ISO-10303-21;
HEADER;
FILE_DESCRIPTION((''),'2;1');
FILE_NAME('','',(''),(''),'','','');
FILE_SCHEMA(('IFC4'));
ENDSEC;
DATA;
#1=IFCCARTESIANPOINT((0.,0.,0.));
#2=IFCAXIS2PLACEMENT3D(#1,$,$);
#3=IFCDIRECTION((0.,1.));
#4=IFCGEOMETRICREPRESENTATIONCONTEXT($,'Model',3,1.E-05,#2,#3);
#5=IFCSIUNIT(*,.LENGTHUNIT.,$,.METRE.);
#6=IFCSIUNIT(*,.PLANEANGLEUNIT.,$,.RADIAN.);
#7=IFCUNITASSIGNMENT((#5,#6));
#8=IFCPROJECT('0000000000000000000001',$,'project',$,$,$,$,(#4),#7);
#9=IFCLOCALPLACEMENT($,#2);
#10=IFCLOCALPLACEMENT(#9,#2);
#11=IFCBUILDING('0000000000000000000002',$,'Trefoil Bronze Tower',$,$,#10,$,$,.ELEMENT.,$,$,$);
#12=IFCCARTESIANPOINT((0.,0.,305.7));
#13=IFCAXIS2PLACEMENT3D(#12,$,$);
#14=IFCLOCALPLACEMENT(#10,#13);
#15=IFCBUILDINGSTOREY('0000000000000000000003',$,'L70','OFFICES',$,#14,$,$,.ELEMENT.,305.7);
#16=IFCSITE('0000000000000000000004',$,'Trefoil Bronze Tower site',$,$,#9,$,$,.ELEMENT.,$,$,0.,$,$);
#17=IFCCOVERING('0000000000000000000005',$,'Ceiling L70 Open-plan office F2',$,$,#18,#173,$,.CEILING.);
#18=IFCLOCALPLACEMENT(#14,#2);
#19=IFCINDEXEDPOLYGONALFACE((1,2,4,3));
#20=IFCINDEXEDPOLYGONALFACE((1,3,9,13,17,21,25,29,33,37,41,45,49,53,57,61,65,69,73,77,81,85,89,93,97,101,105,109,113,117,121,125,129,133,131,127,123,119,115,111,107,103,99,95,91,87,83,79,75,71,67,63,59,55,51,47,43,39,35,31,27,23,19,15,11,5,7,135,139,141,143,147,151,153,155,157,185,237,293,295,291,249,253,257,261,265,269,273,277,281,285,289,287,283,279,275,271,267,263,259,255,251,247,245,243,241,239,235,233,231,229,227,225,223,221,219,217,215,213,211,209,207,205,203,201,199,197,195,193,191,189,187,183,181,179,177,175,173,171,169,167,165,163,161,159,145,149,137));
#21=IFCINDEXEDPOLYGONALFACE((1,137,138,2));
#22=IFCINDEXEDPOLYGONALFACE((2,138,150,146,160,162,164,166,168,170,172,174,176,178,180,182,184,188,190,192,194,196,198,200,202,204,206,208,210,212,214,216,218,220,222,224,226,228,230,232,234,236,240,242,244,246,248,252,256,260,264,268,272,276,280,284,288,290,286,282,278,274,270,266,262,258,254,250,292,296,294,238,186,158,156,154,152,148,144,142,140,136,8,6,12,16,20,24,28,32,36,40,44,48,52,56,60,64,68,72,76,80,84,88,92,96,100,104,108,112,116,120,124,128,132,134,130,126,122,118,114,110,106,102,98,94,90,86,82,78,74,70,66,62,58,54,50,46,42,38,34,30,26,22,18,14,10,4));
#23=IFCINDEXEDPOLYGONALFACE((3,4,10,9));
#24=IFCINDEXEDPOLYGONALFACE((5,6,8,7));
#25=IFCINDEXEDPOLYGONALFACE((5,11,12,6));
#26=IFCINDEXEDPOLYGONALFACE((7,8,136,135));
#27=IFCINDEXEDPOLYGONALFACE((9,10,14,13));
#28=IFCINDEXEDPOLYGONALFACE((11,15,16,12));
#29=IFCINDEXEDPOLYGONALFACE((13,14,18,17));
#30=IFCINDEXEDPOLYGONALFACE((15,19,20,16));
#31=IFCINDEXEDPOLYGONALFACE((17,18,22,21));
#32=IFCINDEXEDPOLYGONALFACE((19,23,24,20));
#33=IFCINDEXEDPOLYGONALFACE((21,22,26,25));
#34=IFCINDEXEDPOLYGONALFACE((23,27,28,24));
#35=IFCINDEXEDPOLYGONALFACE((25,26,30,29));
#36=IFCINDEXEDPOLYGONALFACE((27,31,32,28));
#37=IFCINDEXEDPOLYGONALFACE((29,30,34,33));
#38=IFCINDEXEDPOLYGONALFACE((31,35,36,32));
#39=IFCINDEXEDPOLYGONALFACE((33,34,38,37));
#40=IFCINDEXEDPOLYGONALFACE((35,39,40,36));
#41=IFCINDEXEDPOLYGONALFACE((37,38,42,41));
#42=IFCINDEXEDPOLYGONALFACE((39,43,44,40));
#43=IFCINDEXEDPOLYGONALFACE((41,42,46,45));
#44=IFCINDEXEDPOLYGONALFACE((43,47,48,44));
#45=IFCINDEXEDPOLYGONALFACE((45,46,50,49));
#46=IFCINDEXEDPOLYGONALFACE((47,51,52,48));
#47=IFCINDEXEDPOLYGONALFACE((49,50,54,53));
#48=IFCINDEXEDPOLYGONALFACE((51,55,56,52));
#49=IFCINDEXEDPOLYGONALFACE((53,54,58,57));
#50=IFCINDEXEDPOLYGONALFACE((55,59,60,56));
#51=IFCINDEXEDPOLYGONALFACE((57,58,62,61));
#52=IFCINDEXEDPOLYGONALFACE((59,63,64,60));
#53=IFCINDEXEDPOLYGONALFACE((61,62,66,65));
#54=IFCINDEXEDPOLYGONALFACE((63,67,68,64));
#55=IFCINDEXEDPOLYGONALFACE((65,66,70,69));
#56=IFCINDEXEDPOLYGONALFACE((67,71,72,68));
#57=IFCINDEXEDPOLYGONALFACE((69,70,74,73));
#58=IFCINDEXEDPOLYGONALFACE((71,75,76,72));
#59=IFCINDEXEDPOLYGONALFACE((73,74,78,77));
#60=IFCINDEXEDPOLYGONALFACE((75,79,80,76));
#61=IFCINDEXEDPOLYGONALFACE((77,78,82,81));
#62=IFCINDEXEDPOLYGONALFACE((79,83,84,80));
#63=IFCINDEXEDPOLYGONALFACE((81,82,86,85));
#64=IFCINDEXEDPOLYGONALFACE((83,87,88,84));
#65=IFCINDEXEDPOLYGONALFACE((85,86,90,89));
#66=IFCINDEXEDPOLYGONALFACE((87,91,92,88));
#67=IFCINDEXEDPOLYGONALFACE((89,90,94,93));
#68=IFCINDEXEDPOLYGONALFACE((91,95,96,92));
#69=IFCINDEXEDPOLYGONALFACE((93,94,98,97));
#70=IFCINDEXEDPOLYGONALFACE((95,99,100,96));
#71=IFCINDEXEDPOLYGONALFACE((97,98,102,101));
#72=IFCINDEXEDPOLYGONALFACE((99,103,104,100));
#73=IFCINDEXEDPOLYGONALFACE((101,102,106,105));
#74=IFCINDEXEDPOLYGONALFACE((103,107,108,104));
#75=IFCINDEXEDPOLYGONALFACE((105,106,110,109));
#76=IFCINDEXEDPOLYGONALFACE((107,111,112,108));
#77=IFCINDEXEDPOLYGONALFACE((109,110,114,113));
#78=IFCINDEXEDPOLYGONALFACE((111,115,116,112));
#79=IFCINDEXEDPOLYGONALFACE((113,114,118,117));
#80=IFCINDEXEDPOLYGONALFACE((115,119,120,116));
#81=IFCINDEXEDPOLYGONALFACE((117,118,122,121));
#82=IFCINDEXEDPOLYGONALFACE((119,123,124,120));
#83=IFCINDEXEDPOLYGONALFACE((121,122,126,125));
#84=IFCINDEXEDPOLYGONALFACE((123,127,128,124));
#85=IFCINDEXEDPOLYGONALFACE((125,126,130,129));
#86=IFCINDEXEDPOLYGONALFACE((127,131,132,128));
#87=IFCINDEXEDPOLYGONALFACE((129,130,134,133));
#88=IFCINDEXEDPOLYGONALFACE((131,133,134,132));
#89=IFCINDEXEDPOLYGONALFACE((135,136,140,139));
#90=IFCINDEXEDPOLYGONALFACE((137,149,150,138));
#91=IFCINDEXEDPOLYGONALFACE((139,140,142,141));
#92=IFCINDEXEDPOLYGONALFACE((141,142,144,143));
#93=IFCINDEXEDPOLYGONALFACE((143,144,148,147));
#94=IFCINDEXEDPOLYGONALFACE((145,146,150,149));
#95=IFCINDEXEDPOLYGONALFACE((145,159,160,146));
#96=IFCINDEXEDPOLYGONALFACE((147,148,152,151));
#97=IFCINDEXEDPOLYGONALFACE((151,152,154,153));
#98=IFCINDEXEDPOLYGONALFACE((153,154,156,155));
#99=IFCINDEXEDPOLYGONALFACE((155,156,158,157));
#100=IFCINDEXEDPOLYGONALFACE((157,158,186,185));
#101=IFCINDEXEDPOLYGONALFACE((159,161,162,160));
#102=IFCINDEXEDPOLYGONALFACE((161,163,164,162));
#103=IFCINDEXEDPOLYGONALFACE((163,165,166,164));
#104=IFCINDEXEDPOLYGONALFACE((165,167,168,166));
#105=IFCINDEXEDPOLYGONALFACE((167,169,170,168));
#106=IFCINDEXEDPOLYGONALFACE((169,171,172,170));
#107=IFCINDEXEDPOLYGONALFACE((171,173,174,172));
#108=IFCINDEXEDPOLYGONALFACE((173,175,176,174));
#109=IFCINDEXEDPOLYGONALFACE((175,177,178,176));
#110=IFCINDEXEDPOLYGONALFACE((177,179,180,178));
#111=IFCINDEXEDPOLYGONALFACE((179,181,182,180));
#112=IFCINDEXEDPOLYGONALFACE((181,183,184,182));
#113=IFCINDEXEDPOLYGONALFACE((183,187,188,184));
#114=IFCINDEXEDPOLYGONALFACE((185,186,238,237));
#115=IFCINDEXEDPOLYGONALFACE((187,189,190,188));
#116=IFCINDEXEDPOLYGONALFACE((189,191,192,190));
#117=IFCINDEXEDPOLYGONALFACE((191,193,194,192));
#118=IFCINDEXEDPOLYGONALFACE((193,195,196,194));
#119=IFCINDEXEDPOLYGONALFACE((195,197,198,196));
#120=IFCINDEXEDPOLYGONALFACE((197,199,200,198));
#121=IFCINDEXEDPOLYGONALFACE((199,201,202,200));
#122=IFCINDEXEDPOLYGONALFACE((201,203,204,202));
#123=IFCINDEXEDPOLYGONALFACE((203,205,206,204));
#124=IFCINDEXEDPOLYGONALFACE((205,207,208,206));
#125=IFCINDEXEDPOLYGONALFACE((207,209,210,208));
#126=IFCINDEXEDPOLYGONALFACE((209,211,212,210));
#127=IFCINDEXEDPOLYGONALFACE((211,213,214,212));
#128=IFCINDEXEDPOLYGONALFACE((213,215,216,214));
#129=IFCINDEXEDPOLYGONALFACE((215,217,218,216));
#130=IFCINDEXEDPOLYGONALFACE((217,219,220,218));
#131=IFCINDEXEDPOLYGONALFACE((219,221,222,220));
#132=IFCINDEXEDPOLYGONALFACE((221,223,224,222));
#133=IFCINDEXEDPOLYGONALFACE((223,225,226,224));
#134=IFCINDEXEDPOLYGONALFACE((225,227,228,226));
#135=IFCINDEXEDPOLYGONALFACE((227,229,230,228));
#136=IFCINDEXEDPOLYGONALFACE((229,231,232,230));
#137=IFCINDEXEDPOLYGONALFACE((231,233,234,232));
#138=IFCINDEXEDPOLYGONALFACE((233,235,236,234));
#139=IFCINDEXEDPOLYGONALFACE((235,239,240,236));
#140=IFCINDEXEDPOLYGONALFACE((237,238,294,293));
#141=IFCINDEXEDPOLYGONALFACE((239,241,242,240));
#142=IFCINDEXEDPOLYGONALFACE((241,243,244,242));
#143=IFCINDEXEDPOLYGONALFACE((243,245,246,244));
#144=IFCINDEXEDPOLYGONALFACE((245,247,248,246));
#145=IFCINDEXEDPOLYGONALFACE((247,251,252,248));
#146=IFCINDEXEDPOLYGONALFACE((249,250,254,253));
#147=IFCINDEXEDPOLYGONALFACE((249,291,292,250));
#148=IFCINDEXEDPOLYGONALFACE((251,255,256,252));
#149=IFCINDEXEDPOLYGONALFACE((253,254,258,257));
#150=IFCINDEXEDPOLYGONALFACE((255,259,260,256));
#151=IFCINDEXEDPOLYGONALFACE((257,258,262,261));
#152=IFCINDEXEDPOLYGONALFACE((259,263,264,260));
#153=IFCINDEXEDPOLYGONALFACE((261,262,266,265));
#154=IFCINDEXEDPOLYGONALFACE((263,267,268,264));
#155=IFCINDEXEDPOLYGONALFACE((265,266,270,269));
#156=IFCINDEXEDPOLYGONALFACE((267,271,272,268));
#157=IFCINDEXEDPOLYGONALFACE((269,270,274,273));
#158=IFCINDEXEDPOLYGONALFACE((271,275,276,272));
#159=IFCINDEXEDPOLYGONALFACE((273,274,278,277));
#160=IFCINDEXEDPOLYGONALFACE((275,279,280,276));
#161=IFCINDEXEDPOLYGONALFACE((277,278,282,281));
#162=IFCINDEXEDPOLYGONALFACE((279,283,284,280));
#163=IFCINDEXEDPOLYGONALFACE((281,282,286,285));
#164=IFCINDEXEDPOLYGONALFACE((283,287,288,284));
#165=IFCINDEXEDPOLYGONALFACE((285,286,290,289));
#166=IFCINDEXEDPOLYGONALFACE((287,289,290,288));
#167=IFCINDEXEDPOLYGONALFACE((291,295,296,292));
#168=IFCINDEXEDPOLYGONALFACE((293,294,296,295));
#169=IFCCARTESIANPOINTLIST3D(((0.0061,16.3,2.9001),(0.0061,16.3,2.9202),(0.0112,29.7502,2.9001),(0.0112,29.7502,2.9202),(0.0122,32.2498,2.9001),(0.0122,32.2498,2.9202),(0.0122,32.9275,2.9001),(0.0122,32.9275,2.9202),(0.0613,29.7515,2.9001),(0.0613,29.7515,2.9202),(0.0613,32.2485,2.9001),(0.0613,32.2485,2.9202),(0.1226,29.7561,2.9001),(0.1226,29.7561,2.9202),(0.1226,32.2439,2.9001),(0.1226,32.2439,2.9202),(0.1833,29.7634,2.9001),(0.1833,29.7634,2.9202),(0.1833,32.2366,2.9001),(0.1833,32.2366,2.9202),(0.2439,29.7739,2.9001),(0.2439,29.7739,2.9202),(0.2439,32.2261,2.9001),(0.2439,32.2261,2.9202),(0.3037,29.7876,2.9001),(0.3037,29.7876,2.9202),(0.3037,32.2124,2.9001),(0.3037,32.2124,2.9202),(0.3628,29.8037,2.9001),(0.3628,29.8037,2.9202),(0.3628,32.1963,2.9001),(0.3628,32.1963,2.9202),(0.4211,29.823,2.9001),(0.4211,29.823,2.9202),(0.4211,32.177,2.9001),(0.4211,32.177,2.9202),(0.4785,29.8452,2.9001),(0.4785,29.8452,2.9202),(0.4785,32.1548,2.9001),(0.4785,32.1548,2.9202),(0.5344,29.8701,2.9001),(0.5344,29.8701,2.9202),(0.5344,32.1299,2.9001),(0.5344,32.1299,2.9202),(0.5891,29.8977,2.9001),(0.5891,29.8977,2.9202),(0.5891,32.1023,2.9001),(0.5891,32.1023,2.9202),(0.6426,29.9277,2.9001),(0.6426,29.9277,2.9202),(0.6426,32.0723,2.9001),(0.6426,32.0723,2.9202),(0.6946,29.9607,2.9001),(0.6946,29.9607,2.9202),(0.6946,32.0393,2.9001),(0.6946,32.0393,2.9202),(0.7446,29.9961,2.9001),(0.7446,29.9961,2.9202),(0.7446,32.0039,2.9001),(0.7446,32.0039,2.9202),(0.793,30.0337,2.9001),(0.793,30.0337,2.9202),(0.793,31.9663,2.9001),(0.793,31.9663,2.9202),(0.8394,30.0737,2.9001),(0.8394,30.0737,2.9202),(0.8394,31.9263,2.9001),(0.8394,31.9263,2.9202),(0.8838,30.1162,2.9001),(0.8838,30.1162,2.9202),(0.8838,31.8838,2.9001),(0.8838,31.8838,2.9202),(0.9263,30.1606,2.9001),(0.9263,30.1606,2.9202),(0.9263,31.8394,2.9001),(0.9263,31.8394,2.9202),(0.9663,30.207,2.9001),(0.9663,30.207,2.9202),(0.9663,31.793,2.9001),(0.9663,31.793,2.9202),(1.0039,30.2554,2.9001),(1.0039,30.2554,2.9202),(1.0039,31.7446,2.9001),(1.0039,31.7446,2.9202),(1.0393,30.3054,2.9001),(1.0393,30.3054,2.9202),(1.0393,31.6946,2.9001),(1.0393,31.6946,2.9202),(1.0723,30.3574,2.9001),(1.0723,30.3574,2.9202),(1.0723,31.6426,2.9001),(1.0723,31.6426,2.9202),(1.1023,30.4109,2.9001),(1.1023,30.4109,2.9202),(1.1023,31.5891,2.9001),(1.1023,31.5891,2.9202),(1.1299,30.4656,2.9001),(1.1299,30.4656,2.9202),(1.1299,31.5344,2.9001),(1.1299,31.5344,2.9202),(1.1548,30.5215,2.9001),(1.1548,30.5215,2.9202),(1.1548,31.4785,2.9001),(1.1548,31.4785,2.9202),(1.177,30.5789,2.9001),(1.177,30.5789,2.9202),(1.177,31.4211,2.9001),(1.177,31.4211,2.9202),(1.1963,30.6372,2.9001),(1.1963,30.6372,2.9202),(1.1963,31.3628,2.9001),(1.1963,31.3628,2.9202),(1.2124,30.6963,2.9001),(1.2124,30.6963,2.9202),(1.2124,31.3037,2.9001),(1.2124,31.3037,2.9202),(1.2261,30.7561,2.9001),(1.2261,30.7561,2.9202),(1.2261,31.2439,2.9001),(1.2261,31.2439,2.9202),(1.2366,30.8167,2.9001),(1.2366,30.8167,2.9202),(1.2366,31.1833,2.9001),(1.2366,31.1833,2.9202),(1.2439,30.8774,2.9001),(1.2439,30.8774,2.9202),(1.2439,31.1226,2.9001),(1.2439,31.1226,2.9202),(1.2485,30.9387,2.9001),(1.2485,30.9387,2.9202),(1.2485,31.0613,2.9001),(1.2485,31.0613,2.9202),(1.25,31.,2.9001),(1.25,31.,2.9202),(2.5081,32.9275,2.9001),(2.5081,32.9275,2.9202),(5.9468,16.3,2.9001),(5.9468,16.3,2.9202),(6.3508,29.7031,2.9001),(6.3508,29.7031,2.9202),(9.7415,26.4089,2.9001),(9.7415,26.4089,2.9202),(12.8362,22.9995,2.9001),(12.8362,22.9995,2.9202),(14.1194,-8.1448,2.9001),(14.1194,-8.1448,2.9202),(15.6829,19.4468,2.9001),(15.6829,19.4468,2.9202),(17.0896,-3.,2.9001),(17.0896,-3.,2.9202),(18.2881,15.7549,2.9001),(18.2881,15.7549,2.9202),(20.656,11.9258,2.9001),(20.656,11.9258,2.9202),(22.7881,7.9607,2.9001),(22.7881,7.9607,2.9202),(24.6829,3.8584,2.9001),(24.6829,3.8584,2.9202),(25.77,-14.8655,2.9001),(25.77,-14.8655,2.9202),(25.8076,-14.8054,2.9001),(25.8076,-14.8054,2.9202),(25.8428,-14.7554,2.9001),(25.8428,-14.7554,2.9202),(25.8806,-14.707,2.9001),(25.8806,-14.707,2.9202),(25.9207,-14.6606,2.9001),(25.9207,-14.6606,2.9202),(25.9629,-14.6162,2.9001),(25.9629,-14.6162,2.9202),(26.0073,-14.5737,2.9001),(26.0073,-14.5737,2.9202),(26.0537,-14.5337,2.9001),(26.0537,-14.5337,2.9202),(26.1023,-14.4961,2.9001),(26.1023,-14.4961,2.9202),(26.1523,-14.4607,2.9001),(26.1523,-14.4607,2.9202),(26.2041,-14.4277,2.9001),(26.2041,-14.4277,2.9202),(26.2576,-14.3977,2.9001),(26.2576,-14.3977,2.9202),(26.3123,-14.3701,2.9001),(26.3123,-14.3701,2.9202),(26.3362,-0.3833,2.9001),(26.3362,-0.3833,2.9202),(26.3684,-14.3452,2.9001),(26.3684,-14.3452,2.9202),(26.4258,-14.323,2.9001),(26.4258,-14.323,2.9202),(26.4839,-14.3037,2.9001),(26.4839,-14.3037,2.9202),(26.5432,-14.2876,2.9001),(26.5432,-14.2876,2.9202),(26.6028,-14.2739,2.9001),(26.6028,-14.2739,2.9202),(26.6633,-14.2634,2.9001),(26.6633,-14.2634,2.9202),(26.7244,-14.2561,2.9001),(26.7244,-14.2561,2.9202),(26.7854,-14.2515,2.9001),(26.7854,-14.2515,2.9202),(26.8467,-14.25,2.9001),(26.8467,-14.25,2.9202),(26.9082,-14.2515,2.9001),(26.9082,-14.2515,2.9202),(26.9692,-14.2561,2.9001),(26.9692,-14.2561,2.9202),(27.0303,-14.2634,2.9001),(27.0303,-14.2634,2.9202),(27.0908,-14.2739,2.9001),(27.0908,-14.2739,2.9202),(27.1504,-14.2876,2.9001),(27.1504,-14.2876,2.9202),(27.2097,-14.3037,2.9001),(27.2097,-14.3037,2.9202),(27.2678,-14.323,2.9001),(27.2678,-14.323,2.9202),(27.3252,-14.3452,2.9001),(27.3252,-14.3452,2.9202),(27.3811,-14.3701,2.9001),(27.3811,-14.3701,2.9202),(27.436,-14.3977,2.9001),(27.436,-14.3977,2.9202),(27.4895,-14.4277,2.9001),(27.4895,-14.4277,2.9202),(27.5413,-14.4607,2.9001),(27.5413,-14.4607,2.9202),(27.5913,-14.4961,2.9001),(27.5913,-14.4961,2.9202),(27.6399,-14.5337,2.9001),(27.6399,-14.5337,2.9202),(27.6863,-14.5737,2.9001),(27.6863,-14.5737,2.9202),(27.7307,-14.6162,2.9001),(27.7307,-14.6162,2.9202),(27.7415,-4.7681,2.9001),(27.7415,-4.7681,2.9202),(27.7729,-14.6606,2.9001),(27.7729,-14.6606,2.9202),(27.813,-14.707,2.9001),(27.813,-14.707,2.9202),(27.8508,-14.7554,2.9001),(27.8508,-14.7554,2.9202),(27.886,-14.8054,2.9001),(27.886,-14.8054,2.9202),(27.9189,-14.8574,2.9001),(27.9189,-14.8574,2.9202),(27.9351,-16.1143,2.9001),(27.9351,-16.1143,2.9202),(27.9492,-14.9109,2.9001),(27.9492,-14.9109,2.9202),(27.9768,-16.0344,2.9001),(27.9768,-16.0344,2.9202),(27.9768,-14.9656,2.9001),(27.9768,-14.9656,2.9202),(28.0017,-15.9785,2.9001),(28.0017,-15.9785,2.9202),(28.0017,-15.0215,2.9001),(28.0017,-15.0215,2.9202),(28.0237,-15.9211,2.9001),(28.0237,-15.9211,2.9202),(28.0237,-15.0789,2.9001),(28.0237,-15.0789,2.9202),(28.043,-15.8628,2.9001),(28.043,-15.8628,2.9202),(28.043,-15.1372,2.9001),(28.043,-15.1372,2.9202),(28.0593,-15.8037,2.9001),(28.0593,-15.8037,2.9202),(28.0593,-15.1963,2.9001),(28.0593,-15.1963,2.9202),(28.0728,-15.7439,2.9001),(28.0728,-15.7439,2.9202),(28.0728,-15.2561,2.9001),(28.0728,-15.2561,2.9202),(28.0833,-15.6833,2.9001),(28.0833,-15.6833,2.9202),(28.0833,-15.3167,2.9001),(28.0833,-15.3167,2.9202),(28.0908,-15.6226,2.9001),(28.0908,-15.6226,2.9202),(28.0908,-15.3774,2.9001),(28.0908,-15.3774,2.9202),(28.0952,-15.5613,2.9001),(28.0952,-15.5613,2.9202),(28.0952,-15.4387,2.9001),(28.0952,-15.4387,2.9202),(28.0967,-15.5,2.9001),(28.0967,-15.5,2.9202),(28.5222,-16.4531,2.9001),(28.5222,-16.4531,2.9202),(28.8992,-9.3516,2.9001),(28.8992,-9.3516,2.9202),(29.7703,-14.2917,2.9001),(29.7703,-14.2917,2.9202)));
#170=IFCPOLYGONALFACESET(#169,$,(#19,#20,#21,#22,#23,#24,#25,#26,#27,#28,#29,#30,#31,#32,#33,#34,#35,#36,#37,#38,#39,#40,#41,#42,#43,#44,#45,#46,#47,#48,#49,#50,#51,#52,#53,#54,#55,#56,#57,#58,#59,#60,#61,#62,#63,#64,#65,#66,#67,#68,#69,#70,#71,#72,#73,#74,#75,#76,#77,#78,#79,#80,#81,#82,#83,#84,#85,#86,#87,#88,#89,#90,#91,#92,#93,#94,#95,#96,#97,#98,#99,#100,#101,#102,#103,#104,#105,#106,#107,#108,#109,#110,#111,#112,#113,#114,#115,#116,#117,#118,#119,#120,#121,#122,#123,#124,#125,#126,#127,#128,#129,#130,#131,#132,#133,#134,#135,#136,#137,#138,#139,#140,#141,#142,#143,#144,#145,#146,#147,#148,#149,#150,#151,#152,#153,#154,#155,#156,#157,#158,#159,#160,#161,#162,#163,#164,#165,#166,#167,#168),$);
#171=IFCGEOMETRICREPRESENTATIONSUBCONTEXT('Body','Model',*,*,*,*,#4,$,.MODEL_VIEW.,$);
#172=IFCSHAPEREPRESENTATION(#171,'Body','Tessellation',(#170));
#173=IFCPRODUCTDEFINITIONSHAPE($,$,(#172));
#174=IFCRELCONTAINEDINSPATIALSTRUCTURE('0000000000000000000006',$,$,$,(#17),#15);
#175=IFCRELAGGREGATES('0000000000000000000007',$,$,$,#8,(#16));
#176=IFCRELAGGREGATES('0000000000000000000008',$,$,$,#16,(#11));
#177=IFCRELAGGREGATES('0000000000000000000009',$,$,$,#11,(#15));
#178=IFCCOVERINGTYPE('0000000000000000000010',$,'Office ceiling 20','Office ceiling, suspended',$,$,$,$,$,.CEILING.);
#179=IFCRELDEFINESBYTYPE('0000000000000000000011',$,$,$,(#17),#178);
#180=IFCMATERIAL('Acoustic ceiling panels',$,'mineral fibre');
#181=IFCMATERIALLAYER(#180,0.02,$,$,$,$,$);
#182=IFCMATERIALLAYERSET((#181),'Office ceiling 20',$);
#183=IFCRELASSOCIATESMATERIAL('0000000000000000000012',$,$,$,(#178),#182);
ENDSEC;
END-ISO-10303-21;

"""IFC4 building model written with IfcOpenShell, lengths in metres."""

from ifc_helpers import new_model, si_unit, direction, frame, origin, place, context, subcontext, project, spatial, polyline, outline, extrude, material, layer, layer_set, type_object, element, save


model = new_model("IFC4")

# Units and contexts
model_context = context("Model", 3, precision=1e-05, world=origin(), true_north=direction((0.0, 1.0)))
body_context = subcontext(model_context, "Body", "Model", "MODEL_VIEW")
ifc_project = project(units=[si_unit("LENGTHUNIT", "METRE"), si_unit("PLANEANGLEUNIT", "RADIAN")], contexts=[model_context])

# Site, building, storey
site_placement = place(None, origin())
site = spatial("IfcSite", under=ifc_project, at=site_placement, Name="Trefoil Bronze Tower site", CompositionType="ELEMENT", RefElevation=0.0)
building_placement = place(site_placement, origin())
building = spatial("IfcBuilding", under=site, at=building_placement, Name="Trefoil Bronze Tower", CompositionType="ELEMENT")
storey_placement = place(building_placement, frame((0.0, 0.0, 305.7)))
storey = spatial("IfcBuildingStorey", under=building, at=storey_placement, Name="L70", Description="OFFICES", CompositionType="ELEMENT", Elevation=305.7)

# Covering
ifc_material_1 = material(Name="Acoustic ceiling panels", Category="mineral fibre")
ifc_layer_1 = layer(ifc_material_1, 0.02)
ifc_layer_set_1 = layer_set([ifc_layer_1], Name="Office ceiling 20")
covering_type_1 = type_object("IfcCoveringType", Name="Office ceiling 20", Description="Office ceiling, suspended", PredefinedType="CEILING", material=ifc_layer_set_1)
covering_1_placement = place(storey_placement, frame((0.0, 0.0, 2.9001)))
element("IfcCovering", 1, at=covering_1_placement, inside=storey, type_object=covering_type_1, Name="Ceiling L70 Open-plan office F2", PredefinedType="CEILING", context=body_context, shape_type="SweptSolid", body=[
    extrude(outline(polyline([(9.7415, 26.4089), (12.8362, 22.9995), (15.6829, 19.4468), (18.2881, 15.7549), (20.656, 11.9258), (22.7881, 7.9607), (24.6829, 3.8584), (26.3362, -0.3833), (27.7415, -4.7681), (28.8992, -9.3516), (29.7703, -14.2917), (28.5222, -16.4531), (27.9351, -16.1143), (27.9768, -16.0344), (28.0017, -15.9785), (28.0237, -15.9211), (28.043, -15.8628), (28.0593, -15.8037), (28.0728, -15.7439), (28.0833, -15.6833), (28.0908, -15.6226), (28.0952, -15.5613), (28.0967, -15.5), (28.0952, -15.4387), (28.0908, -15.3774), (28.0833, -15.3167), (28.0728, -15.2561), (28.0593, -15.1963), (28.043, -15.1372), (28.0237, -15.0789), (28.0017, -15.0215), (27.9768, -14.9656), (27.9492, -14.9109), (27.9189, -14.8574), (27.886, -14.8054), (27.8508, -14.7554), (27.813, -14.707), (27.7729, -14.6606), (27.7307, -14.6162), (27.6863, -14.5737), (27.6399, -14.5337), (27.5913, -14.4961), (27.5413, -14.4607), (27.4895, -14.4277), (27.436, -14.3977), (27.3811, -14.3701), (27.3252, -14.3452), (27.2678, -14.323), (27.2097, -14.3037), (27.1504, -14.2876), (27.0908, -14.2739), (27.0303, -14.2634), (26.9692, -14.2561), (26.9082, -14.2515), (26.8467, -14.25), (26.7854, -14.2515), (26.7244, -14.2561), (26.6633, -14.2634), (26.6028, -14.2739), (26.5432, -14.2876), (26.4839, -14.3037), (26.4258, -14.323), (26.3684, -14.3452), (26.3123, -14.3701), (26.2576, -14.3977), (26.2041, -14.4277), (26.1523, -14.4607), (26.1023, -14.4961), (26.0537, -14.5337), (26.0073, -14.5737), (25.9629, -14.6162), (25.9207, -14.6606), (25.8806, -14.707), (25.8428, -14.7554), (25.8076, -14.8054), (25.77, -14.8655), (14.1194, -8.1448), (17.0896, -3.0), (5.9468, 16.3), (0.0061, 16.3), (0.0112, 29.7502), (0.0613, 29.7515), (0.1226, 29.7561), (0.1833, 29.7634), (0.2439, 29.7739), (0.3037, 29.7876), (0.3628, 29.8037), (0.4211, 29.823), (0.4785, 29.8452), (0.5344, 29.8701), (0.5891, 29.8977), (0.6426, 29.9277), (0.6946, 29.9607), (0.7446, 29.9961), (0.793, 30.0337), (0.8394, 30.0737), (0.8838, 30.1162), (0.9263, 30.1606), (0.9663, 30.207), (1.0039, 30.2554), (1.0393, 30.3054), (1.0723, 30.3574), (1.1023, 30.4109), (1.1299, 30.4656), (1.1548, 30.5215), (1.177, 30.5789), (1.1963, 30.6372), (1.2124, 30.6963), (1.2261, 30.7561), (1.2366, 30.8167), (1.2439, 30.8774), (1.2485, 30.9387), (1.25, 31.0), (1.2485, 31.0613), (1.2439, 31.1226), (1.2366, 31.1833), (1.2261, 31.2439), (1.2124, 31.3037), (1.1963, 31.3628), (1.177, 31.4211), (1.1548, 31.4785), (1.1299, 31.5344), (1.1023, 31.5891), (1.0723, 31.6426), (1.0393, 31.6946), (1.0039, 31.7446), (0.9663, 31.793), (0.9263, 31.8394), (0.8838, 31.8838), (0.8394, 31.9263), (0.793, 31.9663), (0.7446, 32.0039), (0.6946, 32.0393), (0.6426, 32.0723), (0.5891, 32.1023), (0.5344, 32.1299), (0.4785, 32.1548), (0.4211, 32.177), (0.3628, 32.1963), (0.3037, 32.2124), (0.2439, 32.2261), (0.1833, 32.2366), (0.1226, 32.2439), (0.0613, 32.2485), (0.0122, 32.2498), (0.0122, 32.9275), (2.5081, 32.9275), (6.3508, 29.7031), (9.7415, 26.4089)])), origin(), (0.0, 0.0, 1.0), 0.02),
])

save(model, "model.ifc")
